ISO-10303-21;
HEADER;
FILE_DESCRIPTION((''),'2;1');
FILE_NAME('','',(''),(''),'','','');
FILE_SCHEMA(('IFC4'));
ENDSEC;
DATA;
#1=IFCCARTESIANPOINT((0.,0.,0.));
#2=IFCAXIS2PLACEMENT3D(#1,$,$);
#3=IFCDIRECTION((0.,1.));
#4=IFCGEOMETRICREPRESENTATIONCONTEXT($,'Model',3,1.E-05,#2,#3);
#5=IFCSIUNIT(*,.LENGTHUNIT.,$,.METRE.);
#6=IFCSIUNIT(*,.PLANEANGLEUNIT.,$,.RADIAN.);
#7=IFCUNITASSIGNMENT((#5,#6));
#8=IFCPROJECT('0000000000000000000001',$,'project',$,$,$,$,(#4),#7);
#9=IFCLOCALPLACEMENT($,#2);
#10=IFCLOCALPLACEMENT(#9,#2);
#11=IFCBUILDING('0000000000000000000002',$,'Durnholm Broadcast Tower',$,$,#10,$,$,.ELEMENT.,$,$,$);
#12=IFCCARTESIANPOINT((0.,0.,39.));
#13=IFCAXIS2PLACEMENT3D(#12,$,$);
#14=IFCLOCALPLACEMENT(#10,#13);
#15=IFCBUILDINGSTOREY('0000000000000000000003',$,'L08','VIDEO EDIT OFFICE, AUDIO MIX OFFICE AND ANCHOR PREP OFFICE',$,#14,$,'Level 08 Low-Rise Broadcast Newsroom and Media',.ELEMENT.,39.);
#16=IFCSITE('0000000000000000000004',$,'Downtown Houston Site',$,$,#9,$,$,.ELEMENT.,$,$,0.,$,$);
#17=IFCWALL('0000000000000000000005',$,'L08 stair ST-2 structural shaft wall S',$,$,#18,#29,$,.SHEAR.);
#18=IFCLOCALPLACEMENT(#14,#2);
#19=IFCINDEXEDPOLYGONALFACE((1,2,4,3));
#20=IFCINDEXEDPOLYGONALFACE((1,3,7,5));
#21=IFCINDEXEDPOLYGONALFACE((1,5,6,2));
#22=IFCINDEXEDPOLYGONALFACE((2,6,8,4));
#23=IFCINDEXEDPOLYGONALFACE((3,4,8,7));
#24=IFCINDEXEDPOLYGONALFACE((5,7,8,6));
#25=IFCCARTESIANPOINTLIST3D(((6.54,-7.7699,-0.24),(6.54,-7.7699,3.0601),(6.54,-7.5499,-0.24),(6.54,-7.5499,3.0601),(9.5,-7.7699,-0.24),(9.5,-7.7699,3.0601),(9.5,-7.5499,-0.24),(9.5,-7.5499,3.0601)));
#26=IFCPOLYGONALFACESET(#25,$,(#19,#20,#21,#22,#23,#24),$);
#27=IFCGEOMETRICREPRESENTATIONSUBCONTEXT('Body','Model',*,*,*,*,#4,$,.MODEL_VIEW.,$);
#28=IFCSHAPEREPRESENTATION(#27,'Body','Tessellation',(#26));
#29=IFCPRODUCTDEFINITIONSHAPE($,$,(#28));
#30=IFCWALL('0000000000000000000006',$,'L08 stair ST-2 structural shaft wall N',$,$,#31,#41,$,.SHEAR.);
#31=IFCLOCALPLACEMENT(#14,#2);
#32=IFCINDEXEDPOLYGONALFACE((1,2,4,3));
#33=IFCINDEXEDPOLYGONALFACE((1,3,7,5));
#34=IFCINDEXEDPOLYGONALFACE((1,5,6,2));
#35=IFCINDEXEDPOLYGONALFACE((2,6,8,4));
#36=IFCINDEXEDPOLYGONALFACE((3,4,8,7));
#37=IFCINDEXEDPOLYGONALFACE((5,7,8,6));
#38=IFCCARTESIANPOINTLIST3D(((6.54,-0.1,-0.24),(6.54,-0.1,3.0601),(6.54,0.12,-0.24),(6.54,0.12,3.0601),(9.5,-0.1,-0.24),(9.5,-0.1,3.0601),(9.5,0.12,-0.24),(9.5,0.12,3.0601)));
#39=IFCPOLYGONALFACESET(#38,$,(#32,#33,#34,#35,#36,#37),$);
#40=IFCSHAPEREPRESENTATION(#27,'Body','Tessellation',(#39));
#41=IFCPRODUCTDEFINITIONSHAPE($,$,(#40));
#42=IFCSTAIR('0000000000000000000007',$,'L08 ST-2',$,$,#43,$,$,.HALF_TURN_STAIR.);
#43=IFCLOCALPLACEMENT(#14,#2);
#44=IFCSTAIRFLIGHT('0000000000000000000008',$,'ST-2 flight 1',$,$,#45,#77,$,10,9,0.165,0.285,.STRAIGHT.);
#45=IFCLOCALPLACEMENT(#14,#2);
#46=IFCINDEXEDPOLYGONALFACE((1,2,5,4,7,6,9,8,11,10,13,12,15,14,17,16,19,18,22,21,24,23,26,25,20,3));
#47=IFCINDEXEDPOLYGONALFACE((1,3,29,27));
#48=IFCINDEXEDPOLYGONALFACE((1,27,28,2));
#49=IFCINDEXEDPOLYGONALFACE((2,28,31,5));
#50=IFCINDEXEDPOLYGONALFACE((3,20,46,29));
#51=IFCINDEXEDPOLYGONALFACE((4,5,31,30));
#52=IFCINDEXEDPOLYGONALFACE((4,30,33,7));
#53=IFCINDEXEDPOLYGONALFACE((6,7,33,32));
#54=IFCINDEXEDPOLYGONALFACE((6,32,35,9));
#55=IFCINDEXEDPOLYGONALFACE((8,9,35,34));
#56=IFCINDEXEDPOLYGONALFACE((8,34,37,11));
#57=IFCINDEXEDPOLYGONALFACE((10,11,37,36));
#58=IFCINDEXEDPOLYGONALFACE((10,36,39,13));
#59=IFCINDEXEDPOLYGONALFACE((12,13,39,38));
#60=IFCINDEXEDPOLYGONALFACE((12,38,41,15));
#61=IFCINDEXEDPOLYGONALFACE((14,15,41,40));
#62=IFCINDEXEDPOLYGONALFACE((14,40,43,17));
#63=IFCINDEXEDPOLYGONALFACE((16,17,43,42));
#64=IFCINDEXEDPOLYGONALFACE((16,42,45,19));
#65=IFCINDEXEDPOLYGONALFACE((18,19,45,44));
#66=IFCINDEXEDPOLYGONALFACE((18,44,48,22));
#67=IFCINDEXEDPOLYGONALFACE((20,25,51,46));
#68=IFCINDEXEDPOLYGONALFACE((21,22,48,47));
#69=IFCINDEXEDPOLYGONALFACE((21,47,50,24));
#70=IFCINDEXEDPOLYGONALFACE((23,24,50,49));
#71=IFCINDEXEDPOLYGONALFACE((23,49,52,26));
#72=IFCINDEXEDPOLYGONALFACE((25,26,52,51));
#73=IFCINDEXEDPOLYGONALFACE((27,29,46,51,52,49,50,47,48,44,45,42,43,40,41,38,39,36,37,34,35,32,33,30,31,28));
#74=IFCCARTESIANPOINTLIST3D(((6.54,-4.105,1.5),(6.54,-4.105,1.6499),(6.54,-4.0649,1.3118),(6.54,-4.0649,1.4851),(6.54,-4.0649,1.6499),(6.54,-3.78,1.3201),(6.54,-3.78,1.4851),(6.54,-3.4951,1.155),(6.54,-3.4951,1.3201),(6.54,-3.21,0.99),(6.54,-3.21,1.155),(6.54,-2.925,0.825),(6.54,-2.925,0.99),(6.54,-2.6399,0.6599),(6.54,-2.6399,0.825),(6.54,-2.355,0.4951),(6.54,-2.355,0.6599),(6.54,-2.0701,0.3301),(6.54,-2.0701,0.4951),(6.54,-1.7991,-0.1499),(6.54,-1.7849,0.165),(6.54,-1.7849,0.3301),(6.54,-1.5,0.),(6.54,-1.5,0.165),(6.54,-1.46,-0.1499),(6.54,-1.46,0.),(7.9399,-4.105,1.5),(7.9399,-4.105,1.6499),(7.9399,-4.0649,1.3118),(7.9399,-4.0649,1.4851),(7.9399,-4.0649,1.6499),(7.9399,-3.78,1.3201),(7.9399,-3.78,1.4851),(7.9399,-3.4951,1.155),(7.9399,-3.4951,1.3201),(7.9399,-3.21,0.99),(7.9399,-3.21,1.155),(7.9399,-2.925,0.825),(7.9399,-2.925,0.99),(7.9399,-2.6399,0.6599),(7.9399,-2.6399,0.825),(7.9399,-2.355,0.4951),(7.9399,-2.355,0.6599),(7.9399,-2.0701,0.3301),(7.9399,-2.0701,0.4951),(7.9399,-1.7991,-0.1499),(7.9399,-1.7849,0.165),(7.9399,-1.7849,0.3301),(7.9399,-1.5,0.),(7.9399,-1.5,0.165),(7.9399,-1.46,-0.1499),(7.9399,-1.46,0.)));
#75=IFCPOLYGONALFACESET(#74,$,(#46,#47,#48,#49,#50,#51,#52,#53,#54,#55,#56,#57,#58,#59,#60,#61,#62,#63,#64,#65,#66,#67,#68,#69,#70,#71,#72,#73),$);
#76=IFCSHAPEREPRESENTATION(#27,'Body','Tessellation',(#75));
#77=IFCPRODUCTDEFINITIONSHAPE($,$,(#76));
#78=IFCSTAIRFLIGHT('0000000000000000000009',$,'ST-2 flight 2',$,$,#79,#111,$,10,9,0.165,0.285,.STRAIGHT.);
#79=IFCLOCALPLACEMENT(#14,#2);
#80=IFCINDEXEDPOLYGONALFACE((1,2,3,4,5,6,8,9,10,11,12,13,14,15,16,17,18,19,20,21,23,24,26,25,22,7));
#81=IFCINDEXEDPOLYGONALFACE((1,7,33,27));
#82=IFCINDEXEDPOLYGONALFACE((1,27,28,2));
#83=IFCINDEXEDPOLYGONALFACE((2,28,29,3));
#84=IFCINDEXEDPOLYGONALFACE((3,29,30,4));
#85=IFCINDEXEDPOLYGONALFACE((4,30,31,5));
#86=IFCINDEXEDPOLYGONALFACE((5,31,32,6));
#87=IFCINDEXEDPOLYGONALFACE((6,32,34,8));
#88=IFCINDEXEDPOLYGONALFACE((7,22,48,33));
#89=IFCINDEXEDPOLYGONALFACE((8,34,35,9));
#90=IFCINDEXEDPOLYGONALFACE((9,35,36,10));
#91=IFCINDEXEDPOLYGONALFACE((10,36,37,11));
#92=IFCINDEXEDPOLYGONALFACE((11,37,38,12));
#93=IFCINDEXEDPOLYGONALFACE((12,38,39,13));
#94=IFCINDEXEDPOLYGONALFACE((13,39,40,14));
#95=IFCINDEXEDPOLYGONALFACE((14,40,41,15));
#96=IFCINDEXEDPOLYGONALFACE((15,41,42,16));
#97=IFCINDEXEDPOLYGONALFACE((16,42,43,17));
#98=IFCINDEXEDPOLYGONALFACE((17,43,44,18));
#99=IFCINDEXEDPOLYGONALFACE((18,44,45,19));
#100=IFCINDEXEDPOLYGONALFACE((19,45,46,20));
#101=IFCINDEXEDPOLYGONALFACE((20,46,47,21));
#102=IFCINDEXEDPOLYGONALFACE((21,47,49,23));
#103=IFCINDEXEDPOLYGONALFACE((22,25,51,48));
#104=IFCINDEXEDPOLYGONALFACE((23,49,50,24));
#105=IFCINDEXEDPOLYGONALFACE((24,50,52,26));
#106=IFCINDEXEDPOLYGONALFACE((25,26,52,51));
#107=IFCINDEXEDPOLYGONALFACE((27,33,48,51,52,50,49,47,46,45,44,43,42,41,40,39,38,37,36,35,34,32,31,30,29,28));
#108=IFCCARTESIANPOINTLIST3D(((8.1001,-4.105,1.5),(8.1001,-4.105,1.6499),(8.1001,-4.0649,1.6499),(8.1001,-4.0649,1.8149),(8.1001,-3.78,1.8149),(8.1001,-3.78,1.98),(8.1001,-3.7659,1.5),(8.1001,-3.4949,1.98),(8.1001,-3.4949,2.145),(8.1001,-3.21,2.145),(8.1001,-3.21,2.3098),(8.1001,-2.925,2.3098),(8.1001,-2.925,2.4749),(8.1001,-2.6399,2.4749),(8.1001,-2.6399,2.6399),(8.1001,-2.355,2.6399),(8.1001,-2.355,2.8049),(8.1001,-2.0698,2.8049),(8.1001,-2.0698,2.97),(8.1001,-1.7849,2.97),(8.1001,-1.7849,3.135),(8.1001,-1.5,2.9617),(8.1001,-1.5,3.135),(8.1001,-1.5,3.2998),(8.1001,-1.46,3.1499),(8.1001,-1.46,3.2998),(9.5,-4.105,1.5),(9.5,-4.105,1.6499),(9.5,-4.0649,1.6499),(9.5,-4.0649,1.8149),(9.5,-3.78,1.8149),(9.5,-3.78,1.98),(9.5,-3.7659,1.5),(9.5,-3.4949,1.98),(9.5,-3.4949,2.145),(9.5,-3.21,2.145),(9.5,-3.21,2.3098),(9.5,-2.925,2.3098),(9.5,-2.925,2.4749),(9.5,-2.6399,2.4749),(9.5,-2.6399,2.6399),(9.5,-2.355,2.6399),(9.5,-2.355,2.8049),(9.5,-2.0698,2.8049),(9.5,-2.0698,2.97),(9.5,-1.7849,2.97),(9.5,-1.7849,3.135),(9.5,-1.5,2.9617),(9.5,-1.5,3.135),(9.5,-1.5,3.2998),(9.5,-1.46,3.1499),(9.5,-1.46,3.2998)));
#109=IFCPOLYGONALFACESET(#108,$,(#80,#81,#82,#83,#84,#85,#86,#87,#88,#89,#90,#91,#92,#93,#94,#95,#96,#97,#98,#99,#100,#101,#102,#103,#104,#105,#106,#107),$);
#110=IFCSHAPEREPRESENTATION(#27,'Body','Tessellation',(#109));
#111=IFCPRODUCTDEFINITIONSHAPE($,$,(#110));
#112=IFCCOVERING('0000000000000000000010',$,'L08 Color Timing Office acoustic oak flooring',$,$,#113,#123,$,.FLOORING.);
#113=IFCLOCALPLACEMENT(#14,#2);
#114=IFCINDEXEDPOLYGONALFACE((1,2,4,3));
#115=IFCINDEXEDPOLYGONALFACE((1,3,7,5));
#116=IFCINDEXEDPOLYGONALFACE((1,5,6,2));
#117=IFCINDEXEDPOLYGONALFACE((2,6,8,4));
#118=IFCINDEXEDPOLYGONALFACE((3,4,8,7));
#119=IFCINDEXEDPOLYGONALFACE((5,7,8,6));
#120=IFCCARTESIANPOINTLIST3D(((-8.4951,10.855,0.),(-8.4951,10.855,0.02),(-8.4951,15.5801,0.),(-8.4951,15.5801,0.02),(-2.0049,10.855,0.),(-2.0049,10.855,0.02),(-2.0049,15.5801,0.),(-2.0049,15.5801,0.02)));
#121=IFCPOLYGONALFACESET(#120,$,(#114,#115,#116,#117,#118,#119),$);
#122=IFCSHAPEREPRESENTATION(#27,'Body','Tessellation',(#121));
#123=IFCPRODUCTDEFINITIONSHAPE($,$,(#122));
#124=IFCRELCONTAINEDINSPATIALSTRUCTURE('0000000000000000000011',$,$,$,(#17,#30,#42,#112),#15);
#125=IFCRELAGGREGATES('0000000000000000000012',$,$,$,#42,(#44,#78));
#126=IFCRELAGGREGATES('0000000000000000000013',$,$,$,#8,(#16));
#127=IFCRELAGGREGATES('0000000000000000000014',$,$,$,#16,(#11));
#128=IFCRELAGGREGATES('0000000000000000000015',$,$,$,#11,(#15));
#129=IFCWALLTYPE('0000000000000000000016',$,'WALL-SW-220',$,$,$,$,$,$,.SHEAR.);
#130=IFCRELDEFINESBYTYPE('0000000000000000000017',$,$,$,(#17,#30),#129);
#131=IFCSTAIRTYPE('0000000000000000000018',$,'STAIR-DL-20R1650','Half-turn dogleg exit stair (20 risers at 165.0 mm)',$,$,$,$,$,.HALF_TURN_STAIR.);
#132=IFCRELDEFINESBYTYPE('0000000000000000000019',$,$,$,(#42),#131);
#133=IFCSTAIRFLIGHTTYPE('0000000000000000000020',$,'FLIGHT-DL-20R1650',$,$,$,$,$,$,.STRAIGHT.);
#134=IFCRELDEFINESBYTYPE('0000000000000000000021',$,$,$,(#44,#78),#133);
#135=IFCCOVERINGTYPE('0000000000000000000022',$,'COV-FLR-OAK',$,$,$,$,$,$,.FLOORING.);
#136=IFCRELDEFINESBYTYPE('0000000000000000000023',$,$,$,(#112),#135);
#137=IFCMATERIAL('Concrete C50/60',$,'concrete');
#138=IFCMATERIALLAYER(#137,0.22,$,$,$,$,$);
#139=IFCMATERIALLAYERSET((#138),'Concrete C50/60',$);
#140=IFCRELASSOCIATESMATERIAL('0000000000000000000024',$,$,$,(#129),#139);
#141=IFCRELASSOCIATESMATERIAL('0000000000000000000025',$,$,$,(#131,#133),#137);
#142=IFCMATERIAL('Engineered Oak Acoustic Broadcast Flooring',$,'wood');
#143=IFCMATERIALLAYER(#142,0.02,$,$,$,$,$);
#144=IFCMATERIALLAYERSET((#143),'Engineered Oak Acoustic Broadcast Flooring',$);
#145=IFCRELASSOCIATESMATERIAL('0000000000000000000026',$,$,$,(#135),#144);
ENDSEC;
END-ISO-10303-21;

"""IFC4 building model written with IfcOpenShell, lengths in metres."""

from ifc_helpers import new_model, si_unit, direction, frame, frame_2d, origin, place, context, subcontext, project, spatial, polyline, rectangle, outline, extrude, material, layer, layer_set, type_object, element, aggregate, save


model = new_model("IFC4")

# Units and contexts
model_context = context("Model", 3, precision=1e-05, world=origin(), true_north=direction((0.0, 1.0)))
body_context = subcontext(model_context, "Body", "Model", "MODEL_VIEW")
ifc_project = project(units=[si_unit("LENGTHUNIT", "METRE"), si_unit("PLANEANGLEUNIT", "RADIAN")], contexts=[model_context])

# Site, building, storey
site_placement = place(None, origin())
site = spatial("IfcSite", under=ifc_project, at=site_placement, Name="Downtown Houston Site", CompositionType="ELEMENT", RefElevation=0.0)
building_placement = place(site_placement, origin())
building = spatial("IfcBuilding", under=site, at=building_placement, Name="Durnholm Broadcast Tower", CompositionType="ELEMENT")
storey_placement = place(building_placement, frame((0.0, 0.0, 39.0)))
storey = spatial("IfcBuildingStorey", under=building, at=storey_placement, Name="L08", Description="VIDEO EDIT OFFICE, AUDIO MIX OFFICE AND ANCHOR PREP OFFICE", LongName="Level 08 Low-Rise Broadcast Newsroom and Media", CompositionType="ELEMENT", Elevation=39.0)

# Shared definitions
ifc_material_1 = material(Name="Concrete C50/60", Category="concrete")
ifc_layer_1 = layer(ifc_material_1, 0.22)
ifc_layer_set_1 = layer_set([ifc_layer_1], Name="Concrete C50/60")
wall_type_1 = type_object("IfcWallType", Name="WALL-SW-220", PredefinedType="SHEAR", material=ifc_layer_set_1)

# Walls
for number, where, z_axis, x_axis, name in (
    (1, (6.54, -7.6599, -0.24), (0.0, 0.0, 1.0), (1.0, 0.0, 0.0), "L08 stair ST-2 structural shaft wall S"),
    (2, (9.5, 0.01, -0.24), (0.0, 0.0, 1.0), (-1.0, 0.0, 0.0), "L08 stair ST-2 structural shaft wall N"),
):
    element("IfcWall", number, at=place(storey_placement, frame(where, z_axis=z_axis, x_axis=x_axis)), inside=storey, type_object=wall_type_1, Name=name, PredefinedType="SHEAR", context=body_context, shape_type="SweptSolid", body=[
        extrude(rectangle(XDim=2.96, YDim=0.22, at=frame_2d((1.48, 0.0))), origin(), (0.0, 0.0, 1.0), 3.3),
    ])

# Stair, stair flights
stair_type = type_object("IfcStairType", Name="STAIR-DL-20R1650", Description="Half-turn dogleg exit stair (20 risers at 165.0 mm)", PredefinedType="HALF_TURN_STAIR", material=ifc_material_1)
stair_placement = place(storey_placement, origin())
stair = element("IfcStair", 3, at=stair_placement, inside=storey, type_object=stair_type, Name="L08 ST-2", PredefinedType="HALF_TURN_STAIR")
stair_flight_type = type_object("IfcStairFlightType", Name="FLIGHT-DL-20R1650", PredefinedType="STRAIGHT", material=ifc_material_1)
stair_flight_1_placement = place(storey_placement, frame((7.24, -1.5, 0.0), z_axis=(0.0, 0.0, 1.0), x_axis=(0.0, -1.0, 0.0)))
stair_flight_1 = element("IfcStairFlight", 4, at=stair_flight_1_placement, type_object=stair_flight_type, Name="ST-2 flight 1", NumberOfRisers=10, NumberOfTreads=9, PredefinedType="STRAIGHT", RiserHeight=0.165, TreadLength=0.285, context=body_context, shape_type="SweptSolid", body=[
    extrude(outline(polyline([(-0.04, -0.1499), (-0.04, 0.0), (0.0, 0.0), (0.0, 0.165), (0.2849, 0.165), (0.2849, 0.3301), (0.5701, 0.3301), (0.5701, 0.4951), (0.855, 0.4951), (0.855, 0.6599), (1.1399, 0.6599), (1.1399, 0.825), (1.425, 0.825), (1.425, 0.99), (1.71, 0.99), (1.71, 1.155), (1.9951, 1.155), (1.9951, 1.3201), (2.28, 1.3201), (2.28, 1.4851), (2.5649, 1.4851), (2.5649, 1.6499), (2.605, 1.6499), (2.605, 1.5), (2.5649, 1.3118), (0.2991, -0.1499), (-0.04, -0.1499)])), frame((0.0, 0.7, 0.0), z_axis=(0.0, -1.0, 0.0), x_axis=(1.0, 0.0, 0.0)), (0.0, 0.0, 1.0), 1.3999),
])
stair_flight_2_placement = place(storey_placement, frame((8.8, -4.0649, 1.6499), z_axis=(0.0, 0.0, 1.0), x_axis=(0.0, 1.0, 0.0)))
stair_flight_2 = element("IfcStairFlight", 5, at=stair_flight_2_placement, type_object=stair_flight_type, Name="ST-2 flight 2", NumberOfRisers=10, NumberOfTreads=9, PredefinedType="STRAIGHT", RiserHeight=0.165, TreadLength=0.285, context=body_context, shape_type="SweptSolid", body=[
    extrude(outline(polyline([(-0.04, -0.1499), (-0.04, 0.0), (0.0, 0.0), (0.0, 0.165), (0.2849, 0.165), (0.2849, 0.3301), (0.5701, 0.3301), (0.5701, 0.4951), (0.855, 0.4951), (0.855, 0.6599), (1.1399, 0.6599), (1.1399, 0.825), (1.425, 0.825), (1.425, 0.99), (1.71, 0.99), (1.71, 1.155), (1.9951, 1.155), (1.9951, 1.3201), (2.28, 1.3201), (2.28, 1.4851), (2.5649, 1.4851), (2.5649, 1.6499), (2.605, 1.6499), (2.605, 1.5), (2.5649, 1.3118), (0.2991, -0.1499), (-0.04, -0.1499)])), frame((0.0, 0.7, 0.0), z_axis=(0.0, -1.0, 0.0), x_axis=(1.0, 0.0, 0.0)), (0.0, 0.0, 1.0), 1.3999),
])
aggregate(stair, [stair_flight_1, stair_flight_2])

# Covering
ifc_material_2 = material(Name="Engineered Oak Acoustic Broadcast Flooring", Category="wood")
ifc_layer_2 = layer(ifc_material_2, 0.02)
ifc_layer_set_2 = layer_set([ifc_layer_2], Name="Engineered Oak Acoustic Broadcast Flooring")
covering_type = type_object("IfcCoveringType", Name="COV-FLR-OAK", PredefinedType="FLOORING", material=ifc_layer_set_2)
covering_placement = place(storey_placement, origin())
element("IfcCovering", 6, at=covering_placement, inside=storey, type_object=covering_type, Name="L08 Color Timing Office acoustic oak flooring", PredefinedType="FLOORING", context=body_context, shape_type="SweptSolid", body=[
    extrude(outline(polyline([(-8.4951, 15.5801), (-8.4951, 10.855), (-2.0049, 10.855), (-2.0049, 15.5801), (-8.4951, 15.5801)])), origin(), (0.0, 0.0, 1.0), 0.02),
])

save(model, "model.ifc")
